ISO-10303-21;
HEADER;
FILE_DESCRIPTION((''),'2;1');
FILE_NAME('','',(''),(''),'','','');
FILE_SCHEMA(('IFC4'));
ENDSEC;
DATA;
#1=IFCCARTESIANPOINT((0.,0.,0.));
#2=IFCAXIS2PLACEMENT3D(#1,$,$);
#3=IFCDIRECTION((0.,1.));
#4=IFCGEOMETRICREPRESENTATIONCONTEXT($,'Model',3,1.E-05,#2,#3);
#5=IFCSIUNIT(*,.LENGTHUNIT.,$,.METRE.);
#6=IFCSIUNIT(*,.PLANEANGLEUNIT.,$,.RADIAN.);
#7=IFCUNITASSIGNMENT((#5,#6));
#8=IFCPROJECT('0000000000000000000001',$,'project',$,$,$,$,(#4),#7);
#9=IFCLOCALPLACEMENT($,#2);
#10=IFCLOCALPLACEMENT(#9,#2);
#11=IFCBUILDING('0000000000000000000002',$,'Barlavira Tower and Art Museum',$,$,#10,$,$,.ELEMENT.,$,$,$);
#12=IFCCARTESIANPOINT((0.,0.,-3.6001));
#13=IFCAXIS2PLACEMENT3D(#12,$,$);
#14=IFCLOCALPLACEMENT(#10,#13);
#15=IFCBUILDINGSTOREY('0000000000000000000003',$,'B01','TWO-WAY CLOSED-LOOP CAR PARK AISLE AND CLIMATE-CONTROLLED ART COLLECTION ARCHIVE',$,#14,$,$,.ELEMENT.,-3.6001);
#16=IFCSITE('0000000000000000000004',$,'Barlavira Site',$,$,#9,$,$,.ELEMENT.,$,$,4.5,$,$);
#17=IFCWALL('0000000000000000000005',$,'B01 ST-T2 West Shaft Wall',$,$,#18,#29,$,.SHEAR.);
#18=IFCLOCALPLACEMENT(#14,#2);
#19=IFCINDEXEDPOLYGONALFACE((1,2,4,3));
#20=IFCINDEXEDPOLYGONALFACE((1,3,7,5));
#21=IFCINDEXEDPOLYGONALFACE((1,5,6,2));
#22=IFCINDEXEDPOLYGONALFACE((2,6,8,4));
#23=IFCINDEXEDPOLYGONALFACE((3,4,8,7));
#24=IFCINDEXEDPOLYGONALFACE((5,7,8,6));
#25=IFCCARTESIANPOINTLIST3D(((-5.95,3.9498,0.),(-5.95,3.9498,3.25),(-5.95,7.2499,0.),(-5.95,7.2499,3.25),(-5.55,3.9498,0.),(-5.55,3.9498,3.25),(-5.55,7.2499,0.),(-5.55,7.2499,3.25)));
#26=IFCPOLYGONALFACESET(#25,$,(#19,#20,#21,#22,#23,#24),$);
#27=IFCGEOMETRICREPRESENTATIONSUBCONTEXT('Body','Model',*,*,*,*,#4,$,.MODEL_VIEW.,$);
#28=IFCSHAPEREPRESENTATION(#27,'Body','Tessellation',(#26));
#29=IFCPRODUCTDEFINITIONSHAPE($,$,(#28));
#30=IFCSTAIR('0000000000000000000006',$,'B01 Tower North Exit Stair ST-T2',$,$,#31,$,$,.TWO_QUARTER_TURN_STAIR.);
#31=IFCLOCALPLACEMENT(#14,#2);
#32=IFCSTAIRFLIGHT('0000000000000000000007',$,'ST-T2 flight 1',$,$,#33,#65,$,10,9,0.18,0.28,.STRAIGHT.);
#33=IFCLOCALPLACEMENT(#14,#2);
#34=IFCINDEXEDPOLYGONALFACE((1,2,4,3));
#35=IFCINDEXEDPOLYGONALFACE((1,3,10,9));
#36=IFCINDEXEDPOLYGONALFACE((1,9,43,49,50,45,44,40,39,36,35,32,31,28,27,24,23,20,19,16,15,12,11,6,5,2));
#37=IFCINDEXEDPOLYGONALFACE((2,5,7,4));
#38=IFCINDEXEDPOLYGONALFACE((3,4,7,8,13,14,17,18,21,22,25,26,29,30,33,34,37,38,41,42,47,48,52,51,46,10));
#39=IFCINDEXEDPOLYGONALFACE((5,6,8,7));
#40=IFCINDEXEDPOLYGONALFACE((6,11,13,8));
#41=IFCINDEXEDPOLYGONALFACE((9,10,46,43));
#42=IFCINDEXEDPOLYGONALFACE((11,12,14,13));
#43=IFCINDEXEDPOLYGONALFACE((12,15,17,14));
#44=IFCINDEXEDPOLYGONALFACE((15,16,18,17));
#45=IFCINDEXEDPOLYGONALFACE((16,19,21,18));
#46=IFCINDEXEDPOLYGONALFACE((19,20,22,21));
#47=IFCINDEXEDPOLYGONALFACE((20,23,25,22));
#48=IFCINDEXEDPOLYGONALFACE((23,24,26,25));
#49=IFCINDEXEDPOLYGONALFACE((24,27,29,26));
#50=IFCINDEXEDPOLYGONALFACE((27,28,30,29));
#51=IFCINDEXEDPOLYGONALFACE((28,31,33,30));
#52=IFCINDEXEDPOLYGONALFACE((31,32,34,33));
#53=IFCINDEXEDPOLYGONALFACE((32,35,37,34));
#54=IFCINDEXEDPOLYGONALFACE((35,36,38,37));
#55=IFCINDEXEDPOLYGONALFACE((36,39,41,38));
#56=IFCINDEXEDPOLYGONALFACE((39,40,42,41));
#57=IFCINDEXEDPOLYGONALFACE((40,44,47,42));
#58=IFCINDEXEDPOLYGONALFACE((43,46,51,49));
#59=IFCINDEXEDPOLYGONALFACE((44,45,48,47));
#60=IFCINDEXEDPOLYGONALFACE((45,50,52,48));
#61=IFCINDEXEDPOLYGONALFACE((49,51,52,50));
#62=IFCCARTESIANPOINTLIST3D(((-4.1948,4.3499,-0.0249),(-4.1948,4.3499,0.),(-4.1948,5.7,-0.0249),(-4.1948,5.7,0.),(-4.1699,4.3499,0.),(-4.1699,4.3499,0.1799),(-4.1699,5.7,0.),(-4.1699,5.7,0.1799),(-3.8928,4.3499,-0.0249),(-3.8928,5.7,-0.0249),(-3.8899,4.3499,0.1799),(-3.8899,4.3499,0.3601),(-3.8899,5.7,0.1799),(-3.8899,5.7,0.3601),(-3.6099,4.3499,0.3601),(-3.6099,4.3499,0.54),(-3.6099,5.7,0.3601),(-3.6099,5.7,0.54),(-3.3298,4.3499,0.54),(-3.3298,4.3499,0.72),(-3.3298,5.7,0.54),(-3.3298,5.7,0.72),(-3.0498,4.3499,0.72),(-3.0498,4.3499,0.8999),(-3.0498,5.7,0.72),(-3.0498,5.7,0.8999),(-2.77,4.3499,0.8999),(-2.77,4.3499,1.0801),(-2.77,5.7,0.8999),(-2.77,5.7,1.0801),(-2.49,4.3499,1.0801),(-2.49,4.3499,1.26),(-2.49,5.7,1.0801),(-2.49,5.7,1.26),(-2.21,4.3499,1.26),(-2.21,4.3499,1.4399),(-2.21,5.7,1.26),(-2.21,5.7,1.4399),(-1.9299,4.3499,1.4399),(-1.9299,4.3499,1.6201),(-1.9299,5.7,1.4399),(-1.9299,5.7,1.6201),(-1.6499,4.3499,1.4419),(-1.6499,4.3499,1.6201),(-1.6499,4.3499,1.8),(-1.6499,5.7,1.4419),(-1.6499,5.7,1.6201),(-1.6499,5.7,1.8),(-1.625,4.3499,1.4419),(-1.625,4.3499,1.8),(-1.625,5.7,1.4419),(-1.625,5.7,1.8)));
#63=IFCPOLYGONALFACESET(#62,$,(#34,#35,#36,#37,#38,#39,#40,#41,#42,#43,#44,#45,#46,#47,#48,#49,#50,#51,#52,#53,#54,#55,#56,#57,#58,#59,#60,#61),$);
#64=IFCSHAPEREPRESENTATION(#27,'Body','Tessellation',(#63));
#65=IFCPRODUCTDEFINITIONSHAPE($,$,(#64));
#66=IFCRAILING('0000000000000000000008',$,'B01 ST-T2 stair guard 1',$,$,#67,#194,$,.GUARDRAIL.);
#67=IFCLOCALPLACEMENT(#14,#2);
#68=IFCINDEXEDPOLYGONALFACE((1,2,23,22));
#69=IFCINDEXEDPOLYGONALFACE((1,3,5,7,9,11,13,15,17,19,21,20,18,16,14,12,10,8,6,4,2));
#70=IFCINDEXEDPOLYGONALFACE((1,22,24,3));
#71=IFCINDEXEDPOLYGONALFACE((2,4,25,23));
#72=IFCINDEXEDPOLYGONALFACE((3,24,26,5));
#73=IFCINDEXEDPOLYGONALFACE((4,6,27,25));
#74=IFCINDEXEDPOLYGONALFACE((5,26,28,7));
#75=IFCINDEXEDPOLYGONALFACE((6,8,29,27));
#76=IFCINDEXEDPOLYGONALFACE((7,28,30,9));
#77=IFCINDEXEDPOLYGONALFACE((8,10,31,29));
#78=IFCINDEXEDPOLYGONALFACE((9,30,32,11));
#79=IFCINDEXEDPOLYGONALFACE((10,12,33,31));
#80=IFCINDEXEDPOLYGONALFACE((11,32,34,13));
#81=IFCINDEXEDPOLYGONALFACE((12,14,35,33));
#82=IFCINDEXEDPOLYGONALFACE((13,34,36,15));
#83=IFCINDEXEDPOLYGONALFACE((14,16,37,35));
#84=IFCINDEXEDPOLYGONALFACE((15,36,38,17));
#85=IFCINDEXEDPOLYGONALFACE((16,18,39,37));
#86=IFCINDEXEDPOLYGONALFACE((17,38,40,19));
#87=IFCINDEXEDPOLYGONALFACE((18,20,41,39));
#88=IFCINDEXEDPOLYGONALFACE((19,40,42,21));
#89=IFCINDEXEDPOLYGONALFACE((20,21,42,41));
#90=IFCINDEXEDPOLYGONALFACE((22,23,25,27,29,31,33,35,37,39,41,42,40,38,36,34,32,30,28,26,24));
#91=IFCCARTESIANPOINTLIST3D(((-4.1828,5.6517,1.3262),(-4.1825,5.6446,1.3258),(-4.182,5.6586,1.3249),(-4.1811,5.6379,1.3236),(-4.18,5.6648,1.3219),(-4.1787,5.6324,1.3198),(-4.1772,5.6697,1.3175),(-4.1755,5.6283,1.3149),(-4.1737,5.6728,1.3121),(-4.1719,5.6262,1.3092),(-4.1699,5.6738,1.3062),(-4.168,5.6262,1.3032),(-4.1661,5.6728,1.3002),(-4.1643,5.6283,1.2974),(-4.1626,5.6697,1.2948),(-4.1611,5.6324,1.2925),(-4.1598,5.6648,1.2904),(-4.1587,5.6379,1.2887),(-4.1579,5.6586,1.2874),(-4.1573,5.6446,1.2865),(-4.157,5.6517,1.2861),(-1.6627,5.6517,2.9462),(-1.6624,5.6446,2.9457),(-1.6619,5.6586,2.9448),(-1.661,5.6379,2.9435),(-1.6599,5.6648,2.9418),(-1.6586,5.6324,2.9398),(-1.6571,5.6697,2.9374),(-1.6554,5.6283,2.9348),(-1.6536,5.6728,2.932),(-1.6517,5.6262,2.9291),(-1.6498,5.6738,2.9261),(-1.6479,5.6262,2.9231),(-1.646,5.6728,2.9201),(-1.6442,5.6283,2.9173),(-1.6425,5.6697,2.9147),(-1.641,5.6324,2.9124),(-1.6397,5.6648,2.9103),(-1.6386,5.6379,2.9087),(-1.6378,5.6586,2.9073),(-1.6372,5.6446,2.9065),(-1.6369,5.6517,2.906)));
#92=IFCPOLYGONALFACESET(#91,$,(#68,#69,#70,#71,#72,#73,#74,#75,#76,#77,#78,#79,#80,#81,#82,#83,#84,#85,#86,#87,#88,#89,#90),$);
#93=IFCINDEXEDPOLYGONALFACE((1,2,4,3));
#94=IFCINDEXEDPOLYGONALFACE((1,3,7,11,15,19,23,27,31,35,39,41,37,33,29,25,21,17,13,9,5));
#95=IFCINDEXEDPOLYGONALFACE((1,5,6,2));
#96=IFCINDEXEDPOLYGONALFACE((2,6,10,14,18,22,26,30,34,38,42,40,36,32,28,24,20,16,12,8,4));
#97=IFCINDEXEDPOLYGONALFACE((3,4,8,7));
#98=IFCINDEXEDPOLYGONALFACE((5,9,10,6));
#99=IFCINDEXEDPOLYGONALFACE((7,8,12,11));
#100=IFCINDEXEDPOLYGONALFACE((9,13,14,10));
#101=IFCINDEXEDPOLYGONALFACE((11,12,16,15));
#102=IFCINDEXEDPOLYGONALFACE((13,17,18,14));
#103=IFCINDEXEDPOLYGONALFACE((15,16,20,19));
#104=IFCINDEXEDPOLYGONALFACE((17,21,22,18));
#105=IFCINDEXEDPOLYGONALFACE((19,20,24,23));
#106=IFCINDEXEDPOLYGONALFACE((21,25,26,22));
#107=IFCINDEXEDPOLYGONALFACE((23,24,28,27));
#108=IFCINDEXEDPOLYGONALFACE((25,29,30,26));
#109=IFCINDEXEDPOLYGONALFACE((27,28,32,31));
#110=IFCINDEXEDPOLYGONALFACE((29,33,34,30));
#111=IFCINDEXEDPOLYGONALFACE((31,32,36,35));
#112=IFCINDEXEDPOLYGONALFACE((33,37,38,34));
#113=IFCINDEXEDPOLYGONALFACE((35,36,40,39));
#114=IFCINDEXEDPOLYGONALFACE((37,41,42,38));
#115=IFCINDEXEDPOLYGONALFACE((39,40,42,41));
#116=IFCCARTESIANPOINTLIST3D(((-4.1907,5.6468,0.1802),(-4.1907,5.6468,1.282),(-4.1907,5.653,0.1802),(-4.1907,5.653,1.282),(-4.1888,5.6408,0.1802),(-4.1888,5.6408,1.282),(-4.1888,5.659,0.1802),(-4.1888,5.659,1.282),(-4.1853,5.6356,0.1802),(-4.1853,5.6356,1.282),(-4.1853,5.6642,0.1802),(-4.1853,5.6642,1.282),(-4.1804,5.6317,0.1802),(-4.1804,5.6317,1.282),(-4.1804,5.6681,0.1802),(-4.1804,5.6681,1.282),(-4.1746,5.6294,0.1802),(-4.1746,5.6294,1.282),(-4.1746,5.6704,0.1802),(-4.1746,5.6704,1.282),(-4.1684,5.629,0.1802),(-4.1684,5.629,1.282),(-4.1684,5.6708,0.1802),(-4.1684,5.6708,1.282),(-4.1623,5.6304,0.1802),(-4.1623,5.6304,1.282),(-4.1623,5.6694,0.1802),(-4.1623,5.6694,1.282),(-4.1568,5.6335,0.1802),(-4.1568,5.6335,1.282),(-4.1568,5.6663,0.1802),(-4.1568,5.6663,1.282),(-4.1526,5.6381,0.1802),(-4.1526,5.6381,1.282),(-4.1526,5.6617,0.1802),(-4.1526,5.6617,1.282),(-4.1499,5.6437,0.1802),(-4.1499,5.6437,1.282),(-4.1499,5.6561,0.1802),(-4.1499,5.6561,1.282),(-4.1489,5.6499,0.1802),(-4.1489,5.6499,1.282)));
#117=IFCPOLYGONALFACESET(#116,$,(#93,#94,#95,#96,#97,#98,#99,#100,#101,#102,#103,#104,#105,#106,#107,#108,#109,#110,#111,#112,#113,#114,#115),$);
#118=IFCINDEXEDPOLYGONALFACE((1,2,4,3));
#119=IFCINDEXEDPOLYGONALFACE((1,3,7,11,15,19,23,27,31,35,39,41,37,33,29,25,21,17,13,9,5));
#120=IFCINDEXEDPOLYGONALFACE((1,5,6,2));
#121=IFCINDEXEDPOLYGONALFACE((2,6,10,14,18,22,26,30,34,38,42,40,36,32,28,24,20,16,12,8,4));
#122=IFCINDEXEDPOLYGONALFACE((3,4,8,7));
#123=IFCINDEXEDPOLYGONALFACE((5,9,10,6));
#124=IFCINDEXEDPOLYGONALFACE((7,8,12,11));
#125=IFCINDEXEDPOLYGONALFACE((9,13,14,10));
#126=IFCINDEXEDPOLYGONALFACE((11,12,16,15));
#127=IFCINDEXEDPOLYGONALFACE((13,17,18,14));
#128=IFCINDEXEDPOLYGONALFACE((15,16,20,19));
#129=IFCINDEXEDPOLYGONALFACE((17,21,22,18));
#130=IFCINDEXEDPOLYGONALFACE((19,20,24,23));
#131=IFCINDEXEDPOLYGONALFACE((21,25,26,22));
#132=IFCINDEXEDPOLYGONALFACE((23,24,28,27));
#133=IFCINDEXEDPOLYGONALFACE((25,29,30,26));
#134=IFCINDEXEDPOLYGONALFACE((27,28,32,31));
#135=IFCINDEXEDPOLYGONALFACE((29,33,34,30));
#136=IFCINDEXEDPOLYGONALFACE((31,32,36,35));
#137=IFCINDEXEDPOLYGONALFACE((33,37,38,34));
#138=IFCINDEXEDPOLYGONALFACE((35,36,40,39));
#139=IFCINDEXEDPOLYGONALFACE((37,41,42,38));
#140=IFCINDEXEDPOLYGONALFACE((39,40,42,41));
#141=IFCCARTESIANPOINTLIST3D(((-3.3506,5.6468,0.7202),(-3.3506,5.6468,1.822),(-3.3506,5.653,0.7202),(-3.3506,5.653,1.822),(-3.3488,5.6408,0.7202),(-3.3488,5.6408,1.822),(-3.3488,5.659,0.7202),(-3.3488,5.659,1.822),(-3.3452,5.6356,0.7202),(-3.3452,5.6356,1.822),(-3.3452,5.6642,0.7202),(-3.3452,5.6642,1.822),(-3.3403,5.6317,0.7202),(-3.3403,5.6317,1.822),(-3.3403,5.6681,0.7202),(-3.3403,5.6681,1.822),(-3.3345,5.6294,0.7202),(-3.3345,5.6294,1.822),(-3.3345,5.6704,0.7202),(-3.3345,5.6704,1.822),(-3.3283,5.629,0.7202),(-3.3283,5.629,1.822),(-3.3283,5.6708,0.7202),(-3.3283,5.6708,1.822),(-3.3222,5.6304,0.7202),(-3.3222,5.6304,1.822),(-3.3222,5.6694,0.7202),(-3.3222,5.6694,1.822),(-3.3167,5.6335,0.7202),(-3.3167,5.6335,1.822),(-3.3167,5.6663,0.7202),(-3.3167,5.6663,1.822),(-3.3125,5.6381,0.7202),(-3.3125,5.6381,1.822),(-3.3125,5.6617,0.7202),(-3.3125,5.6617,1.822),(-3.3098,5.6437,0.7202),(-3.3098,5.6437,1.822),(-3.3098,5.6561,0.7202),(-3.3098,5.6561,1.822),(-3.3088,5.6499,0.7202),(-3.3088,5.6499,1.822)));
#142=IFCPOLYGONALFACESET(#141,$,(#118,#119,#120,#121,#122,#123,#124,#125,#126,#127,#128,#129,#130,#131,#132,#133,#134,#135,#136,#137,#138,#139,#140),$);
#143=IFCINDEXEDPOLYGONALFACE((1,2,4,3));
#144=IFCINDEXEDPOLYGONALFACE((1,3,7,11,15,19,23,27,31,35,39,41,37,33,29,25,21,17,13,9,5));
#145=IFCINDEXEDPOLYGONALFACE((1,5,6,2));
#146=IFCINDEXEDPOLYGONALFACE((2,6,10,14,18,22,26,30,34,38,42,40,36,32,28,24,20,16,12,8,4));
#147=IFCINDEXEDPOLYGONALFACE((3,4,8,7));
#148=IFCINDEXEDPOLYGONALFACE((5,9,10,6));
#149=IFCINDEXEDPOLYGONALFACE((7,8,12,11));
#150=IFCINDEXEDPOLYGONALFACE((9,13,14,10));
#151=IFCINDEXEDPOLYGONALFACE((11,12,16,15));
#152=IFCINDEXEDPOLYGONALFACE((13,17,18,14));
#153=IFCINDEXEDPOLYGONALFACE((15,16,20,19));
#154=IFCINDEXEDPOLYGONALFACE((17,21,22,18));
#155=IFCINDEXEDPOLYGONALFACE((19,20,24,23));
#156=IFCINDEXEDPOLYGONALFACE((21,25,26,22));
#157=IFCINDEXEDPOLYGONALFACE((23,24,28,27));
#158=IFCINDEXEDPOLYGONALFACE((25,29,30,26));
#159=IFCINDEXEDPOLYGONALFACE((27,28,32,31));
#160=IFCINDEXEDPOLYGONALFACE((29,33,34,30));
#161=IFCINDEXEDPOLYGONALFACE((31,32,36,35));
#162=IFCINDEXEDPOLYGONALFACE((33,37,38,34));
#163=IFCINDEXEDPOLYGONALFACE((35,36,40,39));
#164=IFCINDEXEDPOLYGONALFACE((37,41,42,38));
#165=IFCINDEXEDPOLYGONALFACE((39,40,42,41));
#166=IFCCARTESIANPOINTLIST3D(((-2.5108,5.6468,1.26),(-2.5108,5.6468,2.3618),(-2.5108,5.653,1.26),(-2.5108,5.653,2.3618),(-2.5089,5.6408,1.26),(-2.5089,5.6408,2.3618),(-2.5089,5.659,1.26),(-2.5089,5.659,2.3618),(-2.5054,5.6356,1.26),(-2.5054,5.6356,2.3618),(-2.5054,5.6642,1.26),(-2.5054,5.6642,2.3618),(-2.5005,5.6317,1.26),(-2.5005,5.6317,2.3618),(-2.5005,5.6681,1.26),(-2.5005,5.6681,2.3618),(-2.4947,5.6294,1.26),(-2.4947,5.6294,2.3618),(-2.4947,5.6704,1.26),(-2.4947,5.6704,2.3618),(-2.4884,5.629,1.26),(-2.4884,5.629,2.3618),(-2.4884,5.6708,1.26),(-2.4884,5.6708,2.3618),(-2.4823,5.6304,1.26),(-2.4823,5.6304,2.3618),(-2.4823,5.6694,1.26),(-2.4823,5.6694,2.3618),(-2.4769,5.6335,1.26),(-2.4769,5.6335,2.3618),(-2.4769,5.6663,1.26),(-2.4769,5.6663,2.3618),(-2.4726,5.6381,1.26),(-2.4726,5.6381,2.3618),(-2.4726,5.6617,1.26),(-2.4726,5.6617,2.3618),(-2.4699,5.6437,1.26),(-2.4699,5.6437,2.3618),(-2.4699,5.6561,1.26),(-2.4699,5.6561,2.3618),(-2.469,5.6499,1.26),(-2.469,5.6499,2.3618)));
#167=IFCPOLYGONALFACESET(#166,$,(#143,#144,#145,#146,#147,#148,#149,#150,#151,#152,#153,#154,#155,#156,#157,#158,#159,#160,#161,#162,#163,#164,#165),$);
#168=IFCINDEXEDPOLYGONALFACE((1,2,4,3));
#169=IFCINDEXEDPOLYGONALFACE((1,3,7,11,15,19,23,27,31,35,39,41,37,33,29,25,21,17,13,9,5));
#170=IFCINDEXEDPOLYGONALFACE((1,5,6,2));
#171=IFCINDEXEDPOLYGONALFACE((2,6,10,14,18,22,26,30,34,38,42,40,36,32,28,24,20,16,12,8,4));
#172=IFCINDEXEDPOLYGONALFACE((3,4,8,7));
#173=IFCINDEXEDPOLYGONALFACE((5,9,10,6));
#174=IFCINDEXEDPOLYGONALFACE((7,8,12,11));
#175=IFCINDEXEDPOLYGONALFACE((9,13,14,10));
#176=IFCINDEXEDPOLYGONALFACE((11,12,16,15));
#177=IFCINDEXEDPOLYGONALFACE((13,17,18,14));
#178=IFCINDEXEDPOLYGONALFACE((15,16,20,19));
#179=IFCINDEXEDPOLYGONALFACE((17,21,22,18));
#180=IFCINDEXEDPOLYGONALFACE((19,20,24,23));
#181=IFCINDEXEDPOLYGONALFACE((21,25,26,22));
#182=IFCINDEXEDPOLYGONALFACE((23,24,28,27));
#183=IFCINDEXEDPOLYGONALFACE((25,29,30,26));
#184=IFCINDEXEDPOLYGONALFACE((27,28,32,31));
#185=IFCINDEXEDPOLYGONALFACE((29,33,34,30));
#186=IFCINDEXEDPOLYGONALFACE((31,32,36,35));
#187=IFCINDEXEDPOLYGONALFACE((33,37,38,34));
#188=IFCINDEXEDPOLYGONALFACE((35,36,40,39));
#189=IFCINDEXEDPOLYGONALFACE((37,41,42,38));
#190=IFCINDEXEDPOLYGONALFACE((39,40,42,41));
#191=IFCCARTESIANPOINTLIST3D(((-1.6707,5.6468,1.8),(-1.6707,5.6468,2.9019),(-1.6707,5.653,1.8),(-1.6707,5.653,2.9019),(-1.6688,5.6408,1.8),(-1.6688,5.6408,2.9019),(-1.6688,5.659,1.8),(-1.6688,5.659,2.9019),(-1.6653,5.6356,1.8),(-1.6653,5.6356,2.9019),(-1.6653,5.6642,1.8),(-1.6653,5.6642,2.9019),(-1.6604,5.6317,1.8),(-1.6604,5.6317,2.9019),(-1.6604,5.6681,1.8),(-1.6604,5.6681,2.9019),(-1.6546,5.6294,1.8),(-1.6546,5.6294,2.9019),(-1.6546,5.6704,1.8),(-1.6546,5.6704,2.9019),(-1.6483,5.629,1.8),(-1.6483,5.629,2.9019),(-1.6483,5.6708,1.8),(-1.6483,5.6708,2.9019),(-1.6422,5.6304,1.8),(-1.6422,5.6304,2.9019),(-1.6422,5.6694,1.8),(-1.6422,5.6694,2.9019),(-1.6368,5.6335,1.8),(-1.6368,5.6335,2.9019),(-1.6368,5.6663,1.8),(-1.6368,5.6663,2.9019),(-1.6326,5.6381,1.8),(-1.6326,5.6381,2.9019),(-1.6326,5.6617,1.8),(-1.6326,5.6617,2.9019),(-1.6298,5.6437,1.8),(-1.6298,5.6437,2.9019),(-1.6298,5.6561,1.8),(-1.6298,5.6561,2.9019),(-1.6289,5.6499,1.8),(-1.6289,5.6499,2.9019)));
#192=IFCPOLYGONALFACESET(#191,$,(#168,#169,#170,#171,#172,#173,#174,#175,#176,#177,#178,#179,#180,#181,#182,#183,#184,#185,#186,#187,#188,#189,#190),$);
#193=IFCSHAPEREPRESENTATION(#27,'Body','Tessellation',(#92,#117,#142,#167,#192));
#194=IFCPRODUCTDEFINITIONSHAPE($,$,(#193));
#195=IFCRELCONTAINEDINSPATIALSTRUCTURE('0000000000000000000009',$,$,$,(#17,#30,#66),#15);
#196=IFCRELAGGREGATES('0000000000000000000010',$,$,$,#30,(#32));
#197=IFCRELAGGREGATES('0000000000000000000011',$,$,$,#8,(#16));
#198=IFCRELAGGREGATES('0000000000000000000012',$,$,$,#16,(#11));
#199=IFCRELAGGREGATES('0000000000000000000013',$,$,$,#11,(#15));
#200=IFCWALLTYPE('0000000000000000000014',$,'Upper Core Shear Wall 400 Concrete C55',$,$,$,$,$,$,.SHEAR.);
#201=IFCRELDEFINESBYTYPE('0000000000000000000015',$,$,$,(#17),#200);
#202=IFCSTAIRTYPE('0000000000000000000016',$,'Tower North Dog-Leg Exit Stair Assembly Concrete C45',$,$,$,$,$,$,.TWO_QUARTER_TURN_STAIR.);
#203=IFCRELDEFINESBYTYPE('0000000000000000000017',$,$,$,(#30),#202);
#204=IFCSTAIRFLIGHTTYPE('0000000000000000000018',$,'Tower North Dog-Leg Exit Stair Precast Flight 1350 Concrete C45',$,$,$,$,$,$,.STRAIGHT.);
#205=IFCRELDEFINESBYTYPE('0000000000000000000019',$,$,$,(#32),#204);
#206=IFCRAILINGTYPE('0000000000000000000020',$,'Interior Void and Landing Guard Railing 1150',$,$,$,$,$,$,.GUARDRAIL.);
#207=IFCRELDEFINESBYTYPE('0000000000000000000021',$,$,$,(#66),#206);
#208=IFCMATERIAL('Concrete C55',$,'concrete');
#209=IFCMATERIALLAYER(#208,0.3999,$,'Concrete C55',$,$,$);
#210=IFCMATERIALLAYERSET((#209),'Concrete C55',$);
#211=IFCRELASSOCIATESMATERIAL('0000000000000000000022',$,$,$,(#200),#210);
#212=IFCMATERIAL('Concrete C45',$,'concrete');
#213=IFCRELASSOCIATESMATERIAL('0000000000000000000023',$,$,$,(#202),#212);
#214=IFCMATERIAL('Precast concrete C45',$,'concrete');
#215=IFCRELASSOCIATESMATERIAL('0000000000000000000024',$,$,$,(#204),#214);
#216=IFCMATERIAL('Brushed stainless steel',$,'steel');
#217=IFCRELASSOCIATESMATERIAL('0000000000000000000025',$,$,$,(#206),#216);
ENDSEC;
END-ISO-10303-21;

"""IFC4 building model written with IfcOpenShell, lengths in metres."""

from ifc_helpers import new_model, si_unit, direction, frame, frame_2d, origin, origin_2d, place, context, subcontext, project, spatial, polyline, rectangle, circle, outline, extrude, material, layer, layer_set, type_object, element, aggregate, save


model = new_model("IFC4")

# Units and contexts
model_context = context("Model", 3, precision=1e-05, world=origin(), true_north=direction((0.0, 1.0)))
body_context = subcontext(model_context, "Body", "Model", "MODEL_VIEW")
ifc_project = project(units=[si_unit("LENGTHUNIT", "METRE"), si_unit("PLANEANGLEUNIT", "RADIAN")], contexts=[model_context])

# Site, building, storey
site_placement = place(None, origin())
site = spatial("IfcSite", under=ifc_project, at=site_placement, Name="Barlavira Site", CompositionType="ELEMENT", RefElevation=4.5)
building_placement = place(site_placement, origin())
building = spatial("IfcBuilding", under=site, at=building_placement, Name="Barlavira Tower and Art Museum", CompositionType="ELEMENT")
storey_placement = place(building_placement, frame((0.0, 0.0, -3.6001)))
storey = spatial("IfcBuildingStorey", under=building, at=storey_placement, Name="B01", Description="TWO-WAY CLOSED-LOOP CAR PARK AISLE AND CLIMATE-CONTROLLED ART COLLECTION ARCHIVE", CompositionType="ELEMENT", Elevation=-3.6001)

# Shared definitions
ifc_material_1 = material(Name="Brushed stainless steel", Category="steel")

# Wall
ifc_material_2 = material(Name="Concrete C55", Category="concrete")
ifc_layer_1 = layer(ifc_material_2, 0.3999, Name="Concrete C55")
ifc_layer_set_1 = layer_set([ifc_layer_1], Name="Concrete C55")
wall_type_1 = type_object("IfcWallType", Name="Upper Core Shear Wall 400 Concrete C55", PredefinedType="SHEAR", material=ifc_layer_set_1)
wall_1_placement = place(storey_placement, frame((-5.75, 3.95, 0.0), z_axis=(0.0, 0.0, 1.0), x_axis=(0.0, 1.0, 0.0)))
element("IfcWall", 1, at=wall_1_placement, inside=storey, type_object=wall_type_1, Name="B01 ST-T2 West Shaft Wall", PredefinedType="SHEAR", context=body_context, shape_type="SweptSolid", body=[
    extrude(rectangle(XDim=3.3, YDim=0.3999, at=frame_2d((1.6499, 0.0))), origin(), (0.0, 0.0, 1.0), 3.25),
])

# Stair, stair flight
ifc_material_3 = material(Name="Concrete C45", Category="concrete")
stair_type = type_object("IfcStairType", Name="Tower North Dog-Leg Exit Stair Assembly Concrete C45", PredefinedType="TWO_QUARTER_TURN_STAIR", material=ifc_material_3)
stair_placement = place(storey_placement, origin())
stair = element("IfcStair", 2, at=stair_placement, inside=storey, type_object=stair_type, Name="B01 Tower North Exit Stair ST-T2", PredefinedType="TWO_QUARTER_TURN_STAIR")
ifc_material_4 = material(Name="Precast concrete C45", Category="concrete")
stair_flight_type = type_object("IfcStairFlightType", Name="Tower North Dog-Leg Exit Stair Precast Flight 1350 Concrete C45", PredefinedType="STRAIGHT", material=ifc_material_4)
stair_flight_placement = place(storey_placement, frame((-4.1699, 5.0249, 0.0), z_axis=(0.0, 0.0, 1.0), x_axis=(1.0, 0.0, 0.0)))
stair_flight = element("IfcStairFlight", 3, at=stair_flight_placement, type_object=stair_flight_type, Name="ST-T2 flight 1", NumberOfRisers=10, NumberOfTreads=9, PredefinedType="STRAIGHT", RiserHeight=0.18, TreadLength=0.28, context=body_context, shape_type="SweptSolid", body=[
    extrude(outline(polyline([(-0.0249, 0.0), (0.0, 0.0), (0.0, 0.1799), (0.28, 0.1799), (0.28, 0.3601), (0.5601, 0.3601), (0.5601, 0.54), (0.8401, 0.54), (0.8401, 0.72), (1.1201, 0.72), (1.1201, 0.8999), (1.3999, 0.8999), (1.3999, 1.0801), (1.6799, 1.0801), (1.6799, 1.26), (1.96, 1.26), (1.96, 1.4399), (2.24, 1.4399), (2.24, 1.6201), (2.52, 1.6201), (2.52, 1.8), (2.5449, 1.8), (2.5449, 1.4419), (2.52, 1.4419), (0.2771, -0.0249), (-0.0249, -0.0249), (-0.0249, 0.0)])), frame((0.0, 0.675, 0.0), z_axis=(0.0, -1.0, 0.0), x_axis=(1.0, 0.0, 0.0)), (0.0, 0.0, 1.0), 1.3501),
])
aggregate(stair, [stair_flight])

# Railing
railing_type_1 = type_object("IfcRailingType", Name="Interior Void and Landing Guard Railing 1150", PredefinedType="GUARDRAIL", material=ifc_material_1)
railing_1_placement = place(storey_placement, frame((-4.1699, 5.6499, 0.1802)))
element("IfcRailing", 4, at=railing_1_placement, inside=storey, type_object=railing_type_1, Name="B01 ST-T2 stair guard 1", PredefinedType="GUARDRAIL", context=body_context, shape_type="SweptSolid", body=[
    extrude(circle(Radius=0.0239, at=origin_2d()), frame((0.0, 0.0, 1.126), z_axis=(0.8412, 0.0, 0.540725), x_axis=(0.0, 1.0, 0.0)), (0.0, 0.0, 1.0), 2.9958),
    extrude(circle(Radius=0.021, at=origin_2d()), origin(), (0.0, 0.0, 1.0), 1.1018),
    extrude(circle(Radius=0.021, at=origin_2d()), frame((0.8401, 0.0, 0.54)), (0.0, 0.0, 1.0), 1.1018),
    extrude(circle(Radius=0.021, at=origin_2d()), frame((1.6799, 0.0, 1.0798)), (0.0, 0.0, 1.0), 1.1018),
    extrude(circle(Radius=0.021, at=origin_2d()), frame((2.52, 0.0, 1.6199)), (0.0, 0.0, 1.0), 1.1018),
])

save(model, "model.ifc")
